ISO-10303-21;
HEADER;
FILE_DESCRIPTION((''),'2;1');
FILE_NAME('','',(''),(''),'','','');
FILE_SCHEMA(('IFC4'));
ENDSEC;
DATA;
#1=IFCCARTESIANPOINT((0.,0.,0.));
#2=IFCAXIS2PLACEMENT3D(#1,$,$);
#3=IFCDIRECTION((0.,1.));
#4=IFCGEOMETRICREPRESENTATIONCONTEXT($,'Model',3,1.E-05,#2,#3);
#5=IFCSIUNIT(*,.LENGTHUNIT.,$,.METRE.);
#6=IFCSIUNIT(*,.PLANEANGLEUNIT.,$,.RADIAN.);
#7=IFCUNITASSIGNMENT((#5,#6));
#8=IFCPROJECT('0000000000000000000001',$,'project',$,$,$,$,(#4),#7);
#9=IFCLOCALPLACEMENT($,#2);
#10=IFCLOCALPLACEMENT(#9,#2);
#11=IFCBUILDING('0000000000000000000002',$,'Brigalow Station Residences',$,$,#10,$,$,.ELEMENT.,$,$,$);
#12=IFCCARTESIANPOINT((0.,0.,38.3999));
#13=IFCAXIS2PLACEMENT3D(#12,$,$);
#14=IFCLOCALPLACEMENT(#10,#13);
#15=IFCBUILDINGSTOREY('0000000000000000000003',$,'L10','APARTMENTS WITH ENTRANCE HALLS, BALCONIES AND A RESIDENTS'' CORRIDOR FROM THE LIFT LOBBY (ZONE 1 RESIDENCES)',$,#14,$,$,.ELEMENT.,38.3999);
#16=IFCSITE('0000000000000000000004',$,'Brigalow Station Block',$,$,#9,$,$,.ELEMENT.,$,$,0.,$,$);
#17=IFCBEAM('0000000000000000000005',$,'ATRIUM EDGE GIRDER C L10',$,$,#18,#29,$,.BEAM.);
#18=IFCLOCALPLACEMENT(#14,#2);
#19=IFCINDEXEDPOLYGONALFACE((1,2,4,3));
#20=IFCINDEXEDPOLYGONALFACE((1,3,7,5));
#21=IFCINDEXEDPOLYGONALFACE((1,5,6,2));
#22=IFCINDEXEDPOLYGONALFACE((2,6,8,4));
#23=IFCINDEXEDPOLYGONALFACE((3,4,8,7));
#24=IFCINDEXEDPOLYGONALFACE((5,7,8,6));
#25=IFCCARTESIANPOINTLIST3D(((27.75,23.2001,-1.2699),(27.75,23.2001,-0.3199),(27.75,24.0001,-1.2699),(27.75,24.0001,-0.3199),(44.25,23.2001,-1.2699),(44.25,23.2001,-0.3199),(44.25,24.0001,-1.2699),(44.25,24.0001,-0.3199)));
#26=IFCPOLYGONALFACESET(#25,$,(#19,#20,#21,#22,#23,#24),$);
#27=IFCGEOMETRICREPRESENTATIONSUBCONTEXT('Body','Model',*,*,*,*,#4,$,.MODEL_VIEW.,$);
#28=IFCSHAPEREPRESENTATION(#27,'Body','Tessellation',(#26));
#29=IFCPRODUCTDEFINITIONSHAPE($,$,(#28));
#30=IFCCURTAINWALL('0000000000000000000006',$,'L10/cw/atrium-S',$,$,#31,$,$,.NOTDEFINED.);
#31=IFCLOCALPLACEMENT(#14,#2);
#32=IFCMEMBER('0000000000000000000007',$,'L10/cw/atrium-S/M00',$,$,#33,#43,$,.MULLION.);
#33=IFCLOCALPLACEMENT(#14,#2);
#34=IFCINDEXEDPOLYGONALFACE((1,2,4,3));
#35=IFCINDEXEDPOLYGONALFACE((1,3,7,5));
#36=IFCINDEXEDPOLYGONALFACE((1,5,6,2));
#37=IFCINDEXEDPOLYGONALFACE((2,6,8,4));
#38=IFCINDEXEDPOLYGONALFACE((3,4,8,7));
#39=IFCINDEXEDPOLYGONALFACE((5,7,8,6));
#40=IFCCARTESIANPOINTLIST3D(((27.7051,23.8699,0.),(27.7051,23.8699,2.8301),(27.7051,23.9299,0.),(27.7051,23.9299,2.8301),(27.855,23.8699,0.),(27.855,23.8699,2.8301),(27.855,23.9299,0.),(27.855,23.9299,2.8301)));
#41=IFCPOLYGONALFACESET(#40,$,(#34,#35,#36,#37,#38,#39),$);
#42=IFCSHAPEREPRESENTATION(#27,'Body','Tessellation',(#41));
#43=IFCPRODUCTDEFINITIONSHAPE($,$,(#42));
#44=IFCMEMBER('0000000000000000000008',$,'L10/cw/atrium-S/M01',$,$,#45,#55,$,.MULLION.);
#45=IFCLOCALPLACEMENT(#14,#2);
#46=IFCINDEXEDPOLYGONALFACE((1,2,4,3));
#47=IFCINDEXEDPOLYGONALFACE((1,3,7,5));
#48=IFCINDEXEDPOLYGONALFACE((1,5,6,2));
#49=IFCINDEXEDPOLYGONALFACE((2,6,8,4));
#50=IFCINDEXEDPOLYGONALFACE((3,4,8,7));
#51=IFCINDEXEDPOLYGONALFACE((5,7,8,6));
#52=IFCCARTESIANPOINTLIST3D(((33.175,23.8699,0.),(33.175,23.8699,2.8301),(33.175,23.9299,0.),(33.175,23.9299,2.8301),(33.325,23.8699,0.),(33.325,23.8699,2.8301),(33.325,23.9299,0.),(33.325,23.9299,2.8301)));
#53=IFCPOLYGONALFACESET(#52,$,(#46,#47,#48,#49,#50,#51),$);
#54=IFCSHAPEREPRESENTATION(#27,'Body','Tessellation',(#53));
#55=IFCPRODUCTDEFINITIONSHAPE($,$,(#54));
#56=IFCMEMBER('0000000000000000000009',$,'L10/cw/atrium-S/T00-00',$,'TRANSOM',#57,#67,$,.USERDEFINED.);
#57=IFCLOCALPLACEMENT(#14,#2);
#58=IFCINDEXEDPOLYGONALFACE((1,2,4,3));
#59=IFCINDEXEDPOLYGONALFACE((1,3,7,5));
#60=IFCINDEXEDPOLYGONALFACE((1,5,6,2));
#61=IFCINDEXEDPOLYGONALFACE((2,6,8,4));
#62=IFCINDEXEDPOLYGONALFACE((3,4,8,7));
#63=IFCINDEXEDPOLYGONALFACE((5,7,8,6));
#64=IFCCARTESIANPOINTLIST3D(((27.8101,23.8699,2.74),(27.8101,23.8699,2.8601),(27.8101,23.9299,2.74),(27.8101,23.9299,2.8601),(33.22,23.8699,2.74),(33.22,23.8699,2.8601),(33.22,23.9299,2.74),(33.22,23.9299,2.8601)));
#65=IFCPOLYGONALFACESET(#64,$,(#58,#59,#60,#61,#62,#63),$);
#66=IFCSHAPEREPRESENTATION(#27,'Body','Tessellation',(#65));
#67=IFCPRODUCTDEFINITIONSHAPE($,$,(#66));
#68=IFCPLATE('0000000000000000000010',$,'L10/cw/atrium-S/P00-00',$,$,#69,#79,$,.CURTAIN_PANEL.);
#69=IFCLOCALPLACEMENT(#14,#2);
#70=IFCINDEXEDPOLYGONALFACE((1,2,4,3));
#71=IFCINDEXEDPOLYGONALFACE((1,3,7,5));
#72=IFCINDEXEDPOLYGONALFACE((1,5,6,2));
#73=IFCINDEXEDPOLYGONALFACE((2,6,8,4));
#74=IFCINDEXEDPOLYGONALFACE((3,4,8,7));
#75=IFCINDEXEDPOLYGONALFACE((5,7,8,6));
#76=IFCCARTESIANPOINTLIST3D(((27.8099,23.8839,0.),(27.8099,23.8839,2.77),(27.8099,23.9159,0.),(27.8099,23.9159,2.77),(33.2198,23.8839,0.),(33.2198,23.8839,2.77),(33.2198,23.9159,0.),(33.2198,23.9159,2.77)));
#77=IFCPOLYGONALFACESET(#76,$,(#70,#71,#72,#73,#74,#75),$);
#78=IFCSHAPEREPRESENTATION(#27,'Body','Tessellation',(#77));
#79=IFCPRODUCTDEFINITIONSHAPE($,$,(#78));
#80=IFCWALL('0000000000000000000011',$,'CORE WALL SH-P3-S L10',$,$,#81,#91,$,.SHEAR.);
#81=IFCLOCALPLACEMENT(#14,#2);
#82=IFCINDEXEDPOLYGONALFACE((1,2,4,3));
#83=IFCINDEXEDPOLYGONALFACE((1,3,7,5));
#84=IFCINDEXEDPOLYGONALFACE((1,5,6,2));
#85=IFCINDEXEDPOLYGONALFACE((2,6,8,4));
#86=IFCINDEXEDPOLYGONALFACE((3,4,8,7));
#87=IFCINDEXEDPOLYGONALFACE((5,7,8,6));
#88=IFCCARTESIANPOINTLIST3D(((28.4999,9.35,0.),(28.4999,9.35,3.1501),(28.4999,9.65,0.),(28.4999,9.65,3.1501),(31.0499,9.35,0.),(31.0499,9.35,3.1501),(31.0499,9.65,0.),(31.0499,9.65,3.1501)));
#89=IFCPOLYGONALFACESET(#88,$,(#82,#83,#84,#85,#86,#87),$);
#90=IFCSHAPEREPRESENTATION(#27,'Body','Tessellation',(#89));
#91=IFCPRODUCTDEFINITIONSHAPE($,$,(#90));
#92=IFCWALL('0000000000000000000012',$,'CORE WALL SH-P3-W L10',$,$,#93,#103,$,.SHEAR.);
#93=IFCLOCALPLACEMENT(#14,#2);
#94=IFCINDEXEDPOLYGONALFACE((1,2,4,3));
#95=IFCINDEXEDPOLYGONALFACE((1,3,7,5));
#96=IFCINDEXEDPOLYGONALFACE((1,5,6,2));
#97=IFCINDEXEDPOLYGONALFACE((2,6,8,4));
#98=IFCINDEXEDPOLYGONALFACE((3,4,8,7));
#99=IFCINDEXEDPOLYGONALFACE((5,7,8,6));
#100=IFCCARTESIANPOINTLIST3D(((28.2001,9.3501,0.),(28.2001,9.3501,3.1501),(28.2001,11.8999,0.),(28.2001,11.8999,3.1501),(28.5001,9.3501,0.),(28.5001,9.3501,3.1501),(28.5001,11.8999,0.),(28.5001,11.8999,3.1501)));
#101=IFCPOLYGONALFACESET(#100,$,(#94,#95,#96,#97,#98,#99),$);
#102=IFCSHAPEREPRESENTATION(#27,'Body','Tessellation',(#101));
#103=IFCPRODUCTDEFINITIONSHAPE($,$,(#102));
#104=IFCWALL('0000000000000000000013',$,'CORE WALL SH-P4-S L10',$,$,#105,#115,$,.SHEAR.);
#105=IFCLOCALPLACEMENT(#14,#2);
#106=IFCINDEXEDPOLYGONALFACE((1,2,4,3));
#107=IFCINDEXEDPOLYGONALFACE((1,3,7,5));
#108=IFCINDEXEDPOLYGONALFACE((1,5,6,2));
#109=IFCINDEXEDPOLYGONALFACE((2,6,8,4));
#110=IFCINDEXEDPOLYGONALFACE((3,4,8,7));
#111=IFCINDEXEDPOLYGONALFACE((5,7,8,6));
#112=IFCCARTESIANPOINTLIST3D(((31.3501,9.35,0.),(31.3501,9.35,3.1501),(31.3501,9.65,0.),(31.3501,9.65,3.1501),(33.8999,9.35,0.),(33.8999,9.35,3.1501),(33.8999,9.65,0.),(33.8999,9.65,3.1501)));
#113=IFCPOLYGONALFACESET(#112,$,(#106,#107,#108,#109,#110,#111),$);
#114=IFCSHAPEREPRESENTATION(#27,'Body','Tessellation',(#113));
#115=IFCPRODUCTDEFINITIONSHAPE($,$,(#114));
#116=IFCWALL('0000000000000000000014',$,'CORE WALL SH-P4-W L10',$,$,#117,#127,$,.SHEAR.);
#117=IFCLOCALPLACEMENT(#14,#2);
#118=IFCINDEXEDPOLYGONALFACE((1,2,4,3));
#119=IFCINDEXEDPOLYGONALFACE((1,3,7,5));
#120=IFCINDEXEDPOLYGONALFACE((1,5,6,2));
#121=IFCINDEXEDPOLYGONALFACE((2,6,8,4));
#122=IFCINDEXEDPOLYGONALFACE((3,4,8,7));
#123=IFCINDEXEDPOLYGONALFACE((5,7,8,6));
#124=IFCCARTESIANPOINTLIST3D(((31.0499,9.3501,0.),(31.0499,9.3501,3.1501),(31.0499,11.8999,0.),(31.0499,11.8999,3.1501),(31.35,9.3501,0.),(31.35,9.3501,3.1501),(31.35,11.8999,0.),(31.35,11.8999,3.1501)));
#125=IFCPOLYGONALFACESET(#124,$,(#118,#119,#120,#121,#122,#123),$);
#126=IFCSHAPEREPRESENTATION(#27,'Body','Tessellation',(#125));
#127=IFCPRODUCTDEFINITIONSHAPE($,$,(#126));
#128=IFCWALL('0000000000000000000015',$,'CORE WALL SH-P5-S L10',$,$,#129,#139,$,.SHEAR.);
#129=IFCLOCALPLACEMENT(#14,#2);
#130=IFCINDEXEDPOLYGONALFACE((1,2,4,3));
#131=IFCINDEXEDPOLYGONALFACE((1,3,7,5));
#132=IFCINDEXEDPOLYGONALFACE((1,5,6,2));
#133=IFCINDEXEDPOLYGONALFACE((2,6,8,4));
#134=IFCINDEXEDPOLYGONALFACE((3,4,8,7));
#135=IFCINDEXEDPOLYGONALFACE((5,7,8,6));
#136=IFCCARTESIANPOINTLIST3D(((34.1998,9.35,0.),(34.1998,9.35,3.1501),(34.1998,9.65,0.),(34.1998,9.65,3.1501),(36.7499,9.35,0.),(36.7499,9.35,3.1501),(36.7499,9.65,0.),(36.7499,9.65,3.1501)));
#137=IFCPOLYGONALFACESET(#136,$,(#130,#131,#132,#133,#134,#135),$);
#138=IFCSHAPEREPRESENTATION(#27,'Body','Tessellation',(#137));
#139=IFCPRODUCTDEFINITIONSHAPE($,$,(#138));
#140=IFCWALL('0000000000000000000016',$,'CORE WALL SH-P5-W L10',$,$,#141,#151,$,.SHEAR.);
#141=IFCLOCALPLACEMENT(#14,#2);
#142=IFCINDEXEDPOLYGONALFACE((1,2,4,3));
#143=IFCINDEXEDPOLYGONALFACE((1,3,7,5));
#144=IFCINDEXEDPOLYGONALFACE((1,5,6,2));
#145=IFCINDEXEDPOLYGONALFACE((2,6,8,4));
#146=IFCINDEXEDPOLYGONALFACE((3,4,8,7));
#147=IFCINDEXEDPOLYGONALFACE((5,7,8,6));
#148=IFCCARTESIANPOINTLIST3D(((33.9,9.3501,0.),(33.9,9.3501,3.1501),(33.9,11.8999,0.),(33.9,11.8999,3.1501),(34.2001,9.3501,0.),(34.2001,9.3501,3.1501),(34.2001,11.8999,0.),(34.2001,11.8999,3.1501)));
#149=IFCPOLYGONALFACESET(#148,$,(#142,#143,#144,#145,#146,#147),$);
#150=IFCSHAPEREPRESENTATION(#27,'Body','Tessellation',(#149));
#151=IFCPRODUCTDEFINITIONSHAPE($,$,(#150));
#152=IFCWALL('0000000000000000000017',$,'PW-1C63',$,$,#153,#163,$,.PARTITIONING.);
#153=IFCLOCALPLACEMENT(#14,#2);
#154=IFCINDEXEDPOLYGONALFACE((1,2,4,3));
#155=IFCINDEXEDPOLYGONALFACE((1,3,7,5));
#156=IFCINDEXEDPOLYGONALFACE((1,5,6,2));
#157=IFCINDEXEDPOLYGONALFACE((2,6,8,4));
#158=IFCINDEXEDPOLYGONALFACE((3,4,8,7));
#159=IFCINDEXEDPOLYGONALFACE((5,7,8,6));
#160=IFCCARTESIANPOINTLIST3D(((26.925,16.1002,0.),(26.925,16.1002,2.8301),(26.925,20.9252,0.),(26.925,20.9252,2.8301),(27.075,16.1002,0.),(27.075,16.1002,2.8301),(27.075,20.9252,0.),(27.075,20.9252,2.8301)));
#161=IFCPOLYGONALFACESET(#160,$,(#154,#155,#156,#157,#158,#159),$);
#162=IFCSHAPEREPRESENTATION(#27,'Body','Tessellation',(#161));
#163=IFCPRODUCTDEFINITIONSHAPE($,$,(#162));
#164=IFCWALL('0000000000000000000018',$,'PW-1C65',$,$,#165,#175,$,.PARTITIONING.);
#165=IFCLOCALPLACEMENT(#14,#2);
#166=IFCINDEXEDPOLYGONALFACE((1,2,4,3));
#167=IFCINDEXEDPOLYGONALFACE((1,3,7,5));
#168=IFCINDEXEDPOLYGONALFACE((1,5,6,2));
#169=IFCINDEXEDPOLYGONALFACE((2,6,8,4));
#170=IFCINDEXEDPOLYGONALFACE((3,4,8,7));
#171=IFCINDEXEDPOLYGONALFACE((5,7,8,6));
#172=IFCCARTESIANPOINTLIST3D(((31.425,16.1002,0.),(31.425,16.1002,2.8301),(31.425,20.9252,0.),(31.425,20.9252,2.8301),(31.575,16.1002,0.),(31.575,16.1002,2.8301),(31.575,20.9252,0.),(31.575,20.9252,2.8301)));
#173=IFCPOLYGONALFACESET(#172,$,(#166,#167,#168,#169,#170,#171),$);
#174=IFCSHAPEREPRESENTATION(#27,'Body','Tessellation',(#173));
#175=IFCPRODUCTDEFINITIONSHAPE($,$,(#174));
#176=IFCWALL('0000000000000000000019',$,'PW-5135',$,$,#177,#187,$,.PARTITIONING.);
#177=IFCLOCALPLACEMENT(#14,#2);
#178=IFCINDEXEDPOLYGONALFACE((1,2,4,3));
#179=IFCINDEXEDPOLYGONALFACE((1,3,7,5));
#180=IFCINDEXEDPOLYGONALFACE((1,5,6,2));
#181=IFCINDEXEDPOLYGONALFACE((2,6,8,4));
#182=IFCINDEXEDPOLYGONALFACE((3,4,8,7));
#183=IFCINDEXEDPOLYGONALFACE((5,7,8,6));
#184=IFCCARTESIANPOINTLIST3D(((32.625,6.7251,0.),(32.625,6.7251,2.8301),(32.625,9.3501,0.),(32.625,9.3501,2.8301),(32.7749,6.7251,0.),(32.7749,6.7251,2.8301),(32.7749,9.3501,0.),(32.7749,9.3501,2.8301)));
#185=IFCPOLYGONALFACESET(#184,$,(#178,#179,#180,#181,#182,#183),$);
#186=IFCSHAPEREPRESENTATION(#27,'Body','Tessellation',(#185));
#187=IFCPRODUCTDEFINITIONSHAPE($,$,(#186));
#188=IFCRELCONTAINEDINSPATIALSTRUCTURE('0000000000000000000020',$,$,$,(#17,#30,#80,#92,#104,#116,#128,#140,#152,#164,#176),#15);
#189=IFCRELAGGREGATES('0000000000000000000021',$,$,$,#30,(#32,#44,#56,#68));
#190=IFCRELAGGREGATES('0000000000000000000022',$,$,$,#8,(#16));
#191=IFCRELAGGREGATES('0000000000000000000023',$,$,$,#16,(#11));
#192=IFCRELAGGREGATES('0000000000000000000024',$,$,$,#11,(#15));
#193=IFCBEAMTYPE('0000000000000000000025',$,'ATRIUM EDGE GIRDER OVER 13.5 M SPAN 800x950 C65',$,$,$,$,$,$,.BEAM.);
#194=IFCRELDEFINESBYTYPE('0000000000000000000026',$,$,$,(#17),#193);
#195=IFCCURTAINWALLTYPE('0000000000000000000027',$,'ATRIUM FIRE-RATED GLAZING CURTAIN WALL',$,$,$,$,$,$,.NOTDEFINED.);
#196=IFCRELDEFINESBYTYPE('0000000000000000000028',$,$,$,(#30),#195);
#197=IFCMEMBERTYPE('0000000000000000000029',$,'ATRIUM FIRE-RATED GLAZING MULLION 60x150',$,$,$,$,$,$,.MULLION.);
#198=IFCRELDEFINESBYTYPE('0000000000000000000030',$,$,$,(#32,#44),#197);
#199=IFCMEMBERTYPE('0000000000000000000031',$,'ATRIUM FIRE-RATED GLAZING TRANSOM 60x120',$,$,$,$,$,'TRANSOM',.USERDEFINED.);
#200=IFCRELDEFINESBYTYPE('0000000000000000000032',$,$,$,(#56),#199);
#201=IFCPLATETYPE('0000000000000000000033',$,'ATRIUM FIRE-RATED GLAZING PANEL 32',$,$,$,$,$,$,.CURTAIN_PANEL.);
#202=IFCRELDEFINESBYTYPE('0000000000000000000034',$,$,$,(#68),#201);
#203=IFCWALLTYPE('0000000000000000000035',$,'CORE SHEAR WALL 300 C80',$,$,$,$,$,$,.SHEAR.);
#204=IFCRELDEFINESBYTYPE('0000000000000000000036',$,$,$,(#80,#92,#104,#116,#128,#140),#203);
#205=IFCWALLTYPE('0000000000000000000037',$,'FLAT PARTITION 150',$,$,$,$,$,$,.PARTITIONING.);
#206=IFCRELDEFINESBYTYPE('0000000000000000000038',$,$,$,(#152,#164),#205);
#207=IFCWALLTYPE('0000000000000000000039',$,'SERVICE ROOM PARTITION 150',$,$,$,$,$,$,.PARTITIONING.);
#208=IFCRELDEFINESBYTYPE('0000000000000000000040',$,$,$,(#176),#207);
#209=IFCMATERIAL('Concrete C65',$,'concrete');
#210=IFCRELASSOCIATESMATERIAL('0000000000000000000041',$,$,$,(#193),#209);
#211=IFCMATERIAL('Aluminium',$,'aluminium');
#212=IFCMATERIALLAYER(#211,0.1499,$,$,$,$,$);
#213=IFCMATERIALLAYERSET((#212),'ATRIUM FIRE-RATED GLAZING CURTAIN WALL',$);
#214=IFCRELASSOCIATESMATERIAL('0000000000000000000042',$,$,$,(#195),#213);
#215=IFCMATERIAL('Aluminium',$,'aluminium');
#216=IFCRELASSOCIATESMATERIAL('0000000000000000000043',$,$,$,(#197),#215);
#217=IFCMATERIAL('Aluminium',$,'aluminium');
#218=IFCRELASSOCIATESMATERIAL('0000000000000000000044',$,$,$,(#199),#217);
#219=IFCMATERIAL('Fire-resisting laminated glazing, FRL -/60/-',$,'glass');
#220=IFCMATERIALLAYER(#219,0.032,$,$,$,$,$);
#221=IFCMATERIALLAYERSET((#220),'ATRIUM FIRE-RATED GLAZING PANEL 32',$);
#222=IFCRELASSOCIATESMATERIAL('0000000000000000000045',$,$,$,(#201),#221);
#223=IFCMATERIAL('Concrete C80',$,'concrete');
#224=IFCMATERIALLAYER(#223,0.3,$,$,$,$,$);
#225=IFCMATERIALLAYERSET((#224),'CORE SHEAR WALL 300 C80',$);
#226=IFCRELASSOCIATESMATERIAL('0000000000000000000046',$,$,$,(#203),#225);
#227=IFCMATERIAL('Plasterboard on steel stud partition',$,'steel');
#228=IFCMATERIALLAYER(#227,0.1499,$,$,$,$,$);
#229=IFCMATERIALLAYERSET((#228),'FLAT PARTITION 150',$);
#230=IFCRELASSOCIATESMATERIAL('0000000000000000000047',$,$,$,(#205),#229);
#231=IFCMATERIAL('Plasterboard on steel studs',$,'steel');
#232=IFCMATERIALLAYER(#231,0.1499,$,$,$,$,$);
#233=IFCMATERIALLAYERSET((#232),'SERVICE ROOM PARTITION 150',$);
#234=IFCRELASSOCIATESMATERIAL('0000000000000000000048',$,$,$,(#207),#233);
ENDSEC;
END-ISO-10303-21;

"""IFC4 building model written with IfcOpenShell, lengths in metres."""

from ifc_helpers import new_model, si_unit, direction, frame, frame_2d, origin, origin_2d, place, context, subcontext, project, spatial, rectangle, extrude, material, layer, layer_set, material_profile, profile_set, type_object, element, aggregate, save


model = new_model("IFC4")

# Units and contexts
model_context = context("Model", 3, precision=1e-05, world=origin(), true_north=direction((0.0, 1.0)))
body_context = subcontext(model_context, "Body", "Model", "MODEL_VIEW")
ifc_project = project(units=[si_unit("LENGTHUNIT", "METRE"), si_unit("PLANEANGLEUNIT", "RADIAN")], contexts=[model_context])

# Site, building, storey
site_placement = place(None, origin())
site = spatial("IfcSite", under=ifc_project, at=site_placement, Name="Brigalow Station Block", CompositionType="ELEMENT", RefElevation=0.0)
building_placement = place(site_placement, origin())
building = spatial("IfcBuilding", under=site, at=building_placement, Name="Brigalow Station Residences", CompositionType="ELEMENT")
storey_placement = place(building_placement, frame((0.0, 0.0, 38.3999)))
storey = spatial("IfcBuildingStorey", under=building, at=storey_placement, Name="L10", Description="APARTMENTS WITH ENTRANCE HALLS, BALCONIES AND A RESIDENTS' CORRIDOR FROM THE LIFT LOBBY (ZONE 1 RESIDENCES)", CompositionType="ELEMENT", Elevation=38.3999)

# Beam
ifc_material_1 = material(Name="Concrete C65", Category="concrete")
ifc_material_profile_1 = material_profile(ifc_material_1, rectangle(XDim=0.8, YDim=0.95, at=origin_2d()), Name="RC800x950")
ifc_profile_set_1 = profile_set([ifc_material_profile_1], Name="Concrete C65")
beam_type = type_object("IfcBeamType", Name="ATRIUM EDGE GIRDER OVER 13.5 M SPAN 800x950 C65", PredefinedType="BEAM", material=ifc_profile_set_1)
beam_placement = place(storey_placement, frame((27.75, 23.6001, -0.7949), z_axis=(1.0, 0.0, 0.0), x_axis=(0.0, 1.0, 0.0)))
element("IfcBeam", 1, at=beam_placement, inside=storey, type_object=beam_type, Name="ATRIUM EDGE GIRDER C L10", PredefinedType="BEAM", context=body_context, shape_type="SweptSolid", body=[
    extrude(rectangle(XDim=0.8, YDim=0.95, at=origin_2d()), origin(), (0.0, 0.0, 1.0), 16.5),
])

# Curtain wall, members, plate
ifc_material_2 = material(Name="Aluminium", Category="aluminium")
ifc_layer_1 = layer(ifc_material_2, 0.1499)
ifc_layer_set_1 = layer_set([ifc_layer_1], Name="ATRIUM FIRE-RATED GLAZING CURTAIN WALL")
curtain_wall_type = type_object("IfcCurtainWallType", Name="ATRIUM FIRE-RATED GLAZING CURTAIN WALL", PredefinedType="NOTDEFINED", material=ifc_layer_set_1)
curtain_wall_placement = place(storey_placement, origin())
curtain_wall = element("IfcCurtainWall", 2, at=curtain_wall_placement, inside=storey, type_object=curtain_wall_type, Name="L10/cw/atrium-S", PredefinedType="NOTDEFINED")
ifc_material_3 = material(Name="Aluminium", Category="aluminium")
ifc_material_profile_2 = material_profile(ifc_material_3, rectangle(XDim=0.0601, YDim=0.1499, at=origin_2d()), Name="ATRIUM FIRE-RATED GLAZING MULLION 60x150")
ifc_profile_set_2 = profile_set([ifc_material_profile_2], Name="Aluminium")
member_type_1 = type_object("IfcMemberType", Name="ATRIUM FIRE-RATED GLAZING MULLION 60x150", PredefinedType="MULLION", material=ifc_profile_set_2)
member_1_placement = place(storey_placement, frame((27.78, 23.8999, 0.0), z_axis=(0.0, 0.0, 1.0), x_axis=(0.0, 1.0, 0.0)))
member_1 = element("IfcMember", 3, at=member_1_placement, type_object=member_type_1, Name="L10/cw/atrium-S/M00", PredefinedType="MULLION", context=body_context, shape_type="SweptSolid", body=[
    extrude(rectangle(XDim=0.0601, YDim=0.1499, at=origin_2d()), origin(), (0.0, 0.0, 1.0), 2.8301),
])
member_2_placement = place(storey_placement, frame((33.25, 23.8999, 0.0), z_axis=(0.0, 0.0, 1.0), x_axis=(0.0, 1.0, 0.0)))
member_2 = element("IfcMember", 4, at=member_2_placement, type_object=member_type_1, Name="L10/cw/atrium-S/M01", PredefinedType="MULLION", context=body_context, shape_type="SweptSolid", body=[
    extrude(rectangle(XDim=0.0601, YDim=0.1499, at=origin_2d()), origin(), (0.0, 0.0, 1.0), 2.8301),
])
ifc_material_4 = material(Name="Aluminium", Category="aluminium")
ifc_material_profile_3 = material_profile(ifc_material_4, rectangle(XDim=0.0601, YDim=0.1201, at=origin_2d()), Name="ATRIUM FIRE-RATED GLAZING TRANSOM 60x120")
ifc_profile_set_3 = profile_set([ifc_material_profile_3], Name="Aluminium")
member_type_2 = type_object("IfcMemberType", Name="ATRIUM FIRE-RATED GLAZING TRANSOM 60x120", ElementType="TRANSOM", PredefinedType="USERDEFINED", material=ifc_profile_set_3)
member_3_placement = place(storey_placement, frame((27.8101, 23.8999, 2.8), z_axis=(1.0, 0.0, 0.0), x_axis=(0.0, 1.0, 0.0)))
member_3 = element("IfcMember", 5, at=member_3_placement, type_object=member_type_2, Name="L10/cw/atrium-S/T00-00", ObjectType="TRANSOM", PredefinedType="USERDEFINED", context=body_context, shape_type="SweptSolid", body=[
    extrude(rectangle(XDim=0.0601, YDim=0.1201, at=origin_2d()), origin(), (0.0, 0.0, 1.0), 5.4099),
])
ifc_material_5 = material(Name="Fire-resisting laminated glazing, FRL -/60/-", Category="glass")
ifc_layer_2 = layer(ifc_material_5, 0.032)
ifc_layer_set_2 = layer_set([ifc_layer_2], Name="ATRIUM FIRE-RATED GLAZING PANEL 32")
plate_type = type_object("IfcPlateType", Name="ATRIUM FIRE-RATED GLAZING PANEL 32", PredefinedType="CURTAIN_PANEL", material=ifc_layer_set_2)
plate_placement = place(storey_placement, frame((30.5149, 23.8999, 0.0), z_axis=(0.0, 0.0, 1.0), x_axis=(1.0, 0.0, 0.0)))
plate = element("IfcPlate", 6, at=plate_placement, type_object=plate_type, Name="L10/cw/atrium-S/P00-00", PredefinedType="CURTAIN_PANEL", context=body_context, shape_type="SweptSolid", body=[
    extrude(rectangle(XDim=5.4099, YDim=0.032, at=origin_2d()), origin(), (0.0, 0.0, 1.0), 2.77),
])
aggregate(curtain_wall, [member_1, member_2, member_3, plate])

# Walls
ifc_material_6 = material(Name="Concrete C80", Category="concrete")
ifc_layer_3 = layer(ifc_material_6, 0.3)
ifc_layer_set_3 = layer_set([ifc_layer_3], Name="CORE SHEAR WALL 300 C80")
wall_type_1 = type_object("IfcWallType", Name="CORE SHEAR WALL 300 C80", PredefinedType="SHEAR", material=ifc_layer_set_3)
wall_1_placement = place(storey_placement, frame((28.5, 9.5, 0.0), z_axis=(0.0, 0.0, 1.0), x_axis=(1.0, 0.0, 0.0)))
element("IfcWall", 7, at=wall_1_placement, inside=storey, type_object=wall_type_1, Name="CORE WALL SH-P3-S L10", PredefinedType="SHEAR", context=body_context, shape_type="SweptSolid", body=[
    extrude(rectangle(XDim=2.55, YDim=0.3, at=frame_2d((1.2749, 0.0))), origin(), (0.0, 0.0, 1.0), 3.1501),
])
for number, where, z_axis, x_axis, name in (
    (8, (28.3501, 9.3501, 0.0), (0.0, 0.0, 1.0), (0.0, 1.0, 0.0), "CORE WALL SH-P3-W L10"),
    (9, (31.3501, 9.5, 0.0), (0.0, 0.0, 1.0), (1.0, 0.0, 0.0), "CORE WALL SH-P4-S L10"),
    (10, (31.2, 9.3501, 0.0), (0.0, 0.0, 1.0), (0.0, 1.0, 0.0), "CORE WALL SH-P4-W L10"),
):
    element("IfcWall", number, at=place(storey_placement, frame(where, z_axis=z_axis, x_axis=x_axis)), inside=storey, type_object=wall_type_1, Name=name, PredefinedType="SHEAR", context=body_context, shape_type="SweptSolid", body=[
        extrude(rectangle(XDim=2.5498, YDim=0.3, at=frame_2d((1.2749, 0.0))), origin(), (0.0, 0.0, 1.0), 3.1501),
    ])
wall_2_placement = place(storey_placement, frame((34.2, 9.5, 0.0), z_axis=(0.0, 0.0, 1.0), x_axis=(1.0, 0.0, 0.0)))
element("IfcWall", 11, at=wall_2_placement, inside=storey, type_object=wall_type_1, Name="CORE WALL SH-P5-S L10", PredefinedType="SHEAR", context=body_context, shape_type="SweptSolid", body=[
    extrude(rectangle(XDim=2.55, YDim=0.3, at=frame_2d((1.2749, 0.0))), origin(), (0.0, 0.0, 1.0), 3.1501),
])
wall_3_placement = place(storey_placement, frame((34.05, 9.3501, 0.0), z_axis=(0.0, 0.0, 1.0), x_axis=(0.0, 1.0, 0.0)))
element("IfcWall", 12, at=wall_3_placement, inside=storey, type_object=wall_type_1, Name="CORE WALL SH-P5-W L10", PredefinedType="SHEAR", context=body_context, shape_type="SweptSolid", body=[
    extrude(rectangle(XDim=2.5498, YDim=0.3, at=frame_2d((1.2749, 0.0))), origin(), (0.0, 0.0, 1.0), 3.1501),
])
ifc_material_7 = material(Name="Plasterboard on steel stud partition", Category="steel")
ifc_layer_4 = layer(ifc_material_7, 0.1499)
ifc_layer_set_4 = layer_set([ifc_layer_4], Name="FLAT PARTITION 150")
wall_type_2 = type_object("IfcWallType", Name="FLAT PARTITION 150", PredefinedType="PARTITIONING", material=ifc_layer_set_4)
for number, where, z_axis, x_axis, name in (
    (13, (27.0, 16.1001, 0.0), (0.0, 0.0, 1.0), (0.0, 1.0, 0.0), "PW-1C63"),
    (14, (31.5, 16.1001, 0.0), (0.0, 0.0, 1.0), (0.0, 1.0, 0.0), "PW-1C65"),
):
    element("IfcWall", number, at=place(storey_placement, frame(where, z_axis=z_axis, x_axis=x_axis)), inside=storey, type_object=wall_type_2, Name=name, PredefinedType="PARTITIONING", context=body_context, shape_type="SweptSolid", body=[
        extrude(rectangle(XDim=4.825, YDim=0.1499, at=frame_2d((2.4126, 0.0))), origin(), (0.0, 0.0, 1.0), 2.8301),
    ])
ifc_material_8 = material(Name="Plasterboard on steel studs", Category="steel")
ifc_layer_5 = layer(ifc_material_8, 0.1499)
ifc_layer_set_5 = layer_set([ifc_layer_5], Name="SERVICE ROOM PARTITION 150")
wall_type_3 = type_object("IfcWallType", Name="SERVICE ROOM PARTITION 150", PredefinedType="PARTITIONING", material=ifc_layer_set_5)
wall_4_placement = place(storey_placement, frame((32.7, 6.7251, 0.0), z_axis=(0.0, 0.0, 1.0), x_axis=(0.0, 1.0, 0.0)))
element("IfcWall", 15, at=wall_4_placement, inside=storey, type_object=wall_type_3, Name="PW-5135", PredefinedType="PARTITIONING", context=body_context, shape_type="SweptSolid", body=[
    extrude(rectangle(XDim=2.625, YDim=0.1499, at=frame_2d((1.3125, 0.0))), origin(), (0.0, 0.0, 1.0), 2.8301),
])

save(model, "model.ifc")
